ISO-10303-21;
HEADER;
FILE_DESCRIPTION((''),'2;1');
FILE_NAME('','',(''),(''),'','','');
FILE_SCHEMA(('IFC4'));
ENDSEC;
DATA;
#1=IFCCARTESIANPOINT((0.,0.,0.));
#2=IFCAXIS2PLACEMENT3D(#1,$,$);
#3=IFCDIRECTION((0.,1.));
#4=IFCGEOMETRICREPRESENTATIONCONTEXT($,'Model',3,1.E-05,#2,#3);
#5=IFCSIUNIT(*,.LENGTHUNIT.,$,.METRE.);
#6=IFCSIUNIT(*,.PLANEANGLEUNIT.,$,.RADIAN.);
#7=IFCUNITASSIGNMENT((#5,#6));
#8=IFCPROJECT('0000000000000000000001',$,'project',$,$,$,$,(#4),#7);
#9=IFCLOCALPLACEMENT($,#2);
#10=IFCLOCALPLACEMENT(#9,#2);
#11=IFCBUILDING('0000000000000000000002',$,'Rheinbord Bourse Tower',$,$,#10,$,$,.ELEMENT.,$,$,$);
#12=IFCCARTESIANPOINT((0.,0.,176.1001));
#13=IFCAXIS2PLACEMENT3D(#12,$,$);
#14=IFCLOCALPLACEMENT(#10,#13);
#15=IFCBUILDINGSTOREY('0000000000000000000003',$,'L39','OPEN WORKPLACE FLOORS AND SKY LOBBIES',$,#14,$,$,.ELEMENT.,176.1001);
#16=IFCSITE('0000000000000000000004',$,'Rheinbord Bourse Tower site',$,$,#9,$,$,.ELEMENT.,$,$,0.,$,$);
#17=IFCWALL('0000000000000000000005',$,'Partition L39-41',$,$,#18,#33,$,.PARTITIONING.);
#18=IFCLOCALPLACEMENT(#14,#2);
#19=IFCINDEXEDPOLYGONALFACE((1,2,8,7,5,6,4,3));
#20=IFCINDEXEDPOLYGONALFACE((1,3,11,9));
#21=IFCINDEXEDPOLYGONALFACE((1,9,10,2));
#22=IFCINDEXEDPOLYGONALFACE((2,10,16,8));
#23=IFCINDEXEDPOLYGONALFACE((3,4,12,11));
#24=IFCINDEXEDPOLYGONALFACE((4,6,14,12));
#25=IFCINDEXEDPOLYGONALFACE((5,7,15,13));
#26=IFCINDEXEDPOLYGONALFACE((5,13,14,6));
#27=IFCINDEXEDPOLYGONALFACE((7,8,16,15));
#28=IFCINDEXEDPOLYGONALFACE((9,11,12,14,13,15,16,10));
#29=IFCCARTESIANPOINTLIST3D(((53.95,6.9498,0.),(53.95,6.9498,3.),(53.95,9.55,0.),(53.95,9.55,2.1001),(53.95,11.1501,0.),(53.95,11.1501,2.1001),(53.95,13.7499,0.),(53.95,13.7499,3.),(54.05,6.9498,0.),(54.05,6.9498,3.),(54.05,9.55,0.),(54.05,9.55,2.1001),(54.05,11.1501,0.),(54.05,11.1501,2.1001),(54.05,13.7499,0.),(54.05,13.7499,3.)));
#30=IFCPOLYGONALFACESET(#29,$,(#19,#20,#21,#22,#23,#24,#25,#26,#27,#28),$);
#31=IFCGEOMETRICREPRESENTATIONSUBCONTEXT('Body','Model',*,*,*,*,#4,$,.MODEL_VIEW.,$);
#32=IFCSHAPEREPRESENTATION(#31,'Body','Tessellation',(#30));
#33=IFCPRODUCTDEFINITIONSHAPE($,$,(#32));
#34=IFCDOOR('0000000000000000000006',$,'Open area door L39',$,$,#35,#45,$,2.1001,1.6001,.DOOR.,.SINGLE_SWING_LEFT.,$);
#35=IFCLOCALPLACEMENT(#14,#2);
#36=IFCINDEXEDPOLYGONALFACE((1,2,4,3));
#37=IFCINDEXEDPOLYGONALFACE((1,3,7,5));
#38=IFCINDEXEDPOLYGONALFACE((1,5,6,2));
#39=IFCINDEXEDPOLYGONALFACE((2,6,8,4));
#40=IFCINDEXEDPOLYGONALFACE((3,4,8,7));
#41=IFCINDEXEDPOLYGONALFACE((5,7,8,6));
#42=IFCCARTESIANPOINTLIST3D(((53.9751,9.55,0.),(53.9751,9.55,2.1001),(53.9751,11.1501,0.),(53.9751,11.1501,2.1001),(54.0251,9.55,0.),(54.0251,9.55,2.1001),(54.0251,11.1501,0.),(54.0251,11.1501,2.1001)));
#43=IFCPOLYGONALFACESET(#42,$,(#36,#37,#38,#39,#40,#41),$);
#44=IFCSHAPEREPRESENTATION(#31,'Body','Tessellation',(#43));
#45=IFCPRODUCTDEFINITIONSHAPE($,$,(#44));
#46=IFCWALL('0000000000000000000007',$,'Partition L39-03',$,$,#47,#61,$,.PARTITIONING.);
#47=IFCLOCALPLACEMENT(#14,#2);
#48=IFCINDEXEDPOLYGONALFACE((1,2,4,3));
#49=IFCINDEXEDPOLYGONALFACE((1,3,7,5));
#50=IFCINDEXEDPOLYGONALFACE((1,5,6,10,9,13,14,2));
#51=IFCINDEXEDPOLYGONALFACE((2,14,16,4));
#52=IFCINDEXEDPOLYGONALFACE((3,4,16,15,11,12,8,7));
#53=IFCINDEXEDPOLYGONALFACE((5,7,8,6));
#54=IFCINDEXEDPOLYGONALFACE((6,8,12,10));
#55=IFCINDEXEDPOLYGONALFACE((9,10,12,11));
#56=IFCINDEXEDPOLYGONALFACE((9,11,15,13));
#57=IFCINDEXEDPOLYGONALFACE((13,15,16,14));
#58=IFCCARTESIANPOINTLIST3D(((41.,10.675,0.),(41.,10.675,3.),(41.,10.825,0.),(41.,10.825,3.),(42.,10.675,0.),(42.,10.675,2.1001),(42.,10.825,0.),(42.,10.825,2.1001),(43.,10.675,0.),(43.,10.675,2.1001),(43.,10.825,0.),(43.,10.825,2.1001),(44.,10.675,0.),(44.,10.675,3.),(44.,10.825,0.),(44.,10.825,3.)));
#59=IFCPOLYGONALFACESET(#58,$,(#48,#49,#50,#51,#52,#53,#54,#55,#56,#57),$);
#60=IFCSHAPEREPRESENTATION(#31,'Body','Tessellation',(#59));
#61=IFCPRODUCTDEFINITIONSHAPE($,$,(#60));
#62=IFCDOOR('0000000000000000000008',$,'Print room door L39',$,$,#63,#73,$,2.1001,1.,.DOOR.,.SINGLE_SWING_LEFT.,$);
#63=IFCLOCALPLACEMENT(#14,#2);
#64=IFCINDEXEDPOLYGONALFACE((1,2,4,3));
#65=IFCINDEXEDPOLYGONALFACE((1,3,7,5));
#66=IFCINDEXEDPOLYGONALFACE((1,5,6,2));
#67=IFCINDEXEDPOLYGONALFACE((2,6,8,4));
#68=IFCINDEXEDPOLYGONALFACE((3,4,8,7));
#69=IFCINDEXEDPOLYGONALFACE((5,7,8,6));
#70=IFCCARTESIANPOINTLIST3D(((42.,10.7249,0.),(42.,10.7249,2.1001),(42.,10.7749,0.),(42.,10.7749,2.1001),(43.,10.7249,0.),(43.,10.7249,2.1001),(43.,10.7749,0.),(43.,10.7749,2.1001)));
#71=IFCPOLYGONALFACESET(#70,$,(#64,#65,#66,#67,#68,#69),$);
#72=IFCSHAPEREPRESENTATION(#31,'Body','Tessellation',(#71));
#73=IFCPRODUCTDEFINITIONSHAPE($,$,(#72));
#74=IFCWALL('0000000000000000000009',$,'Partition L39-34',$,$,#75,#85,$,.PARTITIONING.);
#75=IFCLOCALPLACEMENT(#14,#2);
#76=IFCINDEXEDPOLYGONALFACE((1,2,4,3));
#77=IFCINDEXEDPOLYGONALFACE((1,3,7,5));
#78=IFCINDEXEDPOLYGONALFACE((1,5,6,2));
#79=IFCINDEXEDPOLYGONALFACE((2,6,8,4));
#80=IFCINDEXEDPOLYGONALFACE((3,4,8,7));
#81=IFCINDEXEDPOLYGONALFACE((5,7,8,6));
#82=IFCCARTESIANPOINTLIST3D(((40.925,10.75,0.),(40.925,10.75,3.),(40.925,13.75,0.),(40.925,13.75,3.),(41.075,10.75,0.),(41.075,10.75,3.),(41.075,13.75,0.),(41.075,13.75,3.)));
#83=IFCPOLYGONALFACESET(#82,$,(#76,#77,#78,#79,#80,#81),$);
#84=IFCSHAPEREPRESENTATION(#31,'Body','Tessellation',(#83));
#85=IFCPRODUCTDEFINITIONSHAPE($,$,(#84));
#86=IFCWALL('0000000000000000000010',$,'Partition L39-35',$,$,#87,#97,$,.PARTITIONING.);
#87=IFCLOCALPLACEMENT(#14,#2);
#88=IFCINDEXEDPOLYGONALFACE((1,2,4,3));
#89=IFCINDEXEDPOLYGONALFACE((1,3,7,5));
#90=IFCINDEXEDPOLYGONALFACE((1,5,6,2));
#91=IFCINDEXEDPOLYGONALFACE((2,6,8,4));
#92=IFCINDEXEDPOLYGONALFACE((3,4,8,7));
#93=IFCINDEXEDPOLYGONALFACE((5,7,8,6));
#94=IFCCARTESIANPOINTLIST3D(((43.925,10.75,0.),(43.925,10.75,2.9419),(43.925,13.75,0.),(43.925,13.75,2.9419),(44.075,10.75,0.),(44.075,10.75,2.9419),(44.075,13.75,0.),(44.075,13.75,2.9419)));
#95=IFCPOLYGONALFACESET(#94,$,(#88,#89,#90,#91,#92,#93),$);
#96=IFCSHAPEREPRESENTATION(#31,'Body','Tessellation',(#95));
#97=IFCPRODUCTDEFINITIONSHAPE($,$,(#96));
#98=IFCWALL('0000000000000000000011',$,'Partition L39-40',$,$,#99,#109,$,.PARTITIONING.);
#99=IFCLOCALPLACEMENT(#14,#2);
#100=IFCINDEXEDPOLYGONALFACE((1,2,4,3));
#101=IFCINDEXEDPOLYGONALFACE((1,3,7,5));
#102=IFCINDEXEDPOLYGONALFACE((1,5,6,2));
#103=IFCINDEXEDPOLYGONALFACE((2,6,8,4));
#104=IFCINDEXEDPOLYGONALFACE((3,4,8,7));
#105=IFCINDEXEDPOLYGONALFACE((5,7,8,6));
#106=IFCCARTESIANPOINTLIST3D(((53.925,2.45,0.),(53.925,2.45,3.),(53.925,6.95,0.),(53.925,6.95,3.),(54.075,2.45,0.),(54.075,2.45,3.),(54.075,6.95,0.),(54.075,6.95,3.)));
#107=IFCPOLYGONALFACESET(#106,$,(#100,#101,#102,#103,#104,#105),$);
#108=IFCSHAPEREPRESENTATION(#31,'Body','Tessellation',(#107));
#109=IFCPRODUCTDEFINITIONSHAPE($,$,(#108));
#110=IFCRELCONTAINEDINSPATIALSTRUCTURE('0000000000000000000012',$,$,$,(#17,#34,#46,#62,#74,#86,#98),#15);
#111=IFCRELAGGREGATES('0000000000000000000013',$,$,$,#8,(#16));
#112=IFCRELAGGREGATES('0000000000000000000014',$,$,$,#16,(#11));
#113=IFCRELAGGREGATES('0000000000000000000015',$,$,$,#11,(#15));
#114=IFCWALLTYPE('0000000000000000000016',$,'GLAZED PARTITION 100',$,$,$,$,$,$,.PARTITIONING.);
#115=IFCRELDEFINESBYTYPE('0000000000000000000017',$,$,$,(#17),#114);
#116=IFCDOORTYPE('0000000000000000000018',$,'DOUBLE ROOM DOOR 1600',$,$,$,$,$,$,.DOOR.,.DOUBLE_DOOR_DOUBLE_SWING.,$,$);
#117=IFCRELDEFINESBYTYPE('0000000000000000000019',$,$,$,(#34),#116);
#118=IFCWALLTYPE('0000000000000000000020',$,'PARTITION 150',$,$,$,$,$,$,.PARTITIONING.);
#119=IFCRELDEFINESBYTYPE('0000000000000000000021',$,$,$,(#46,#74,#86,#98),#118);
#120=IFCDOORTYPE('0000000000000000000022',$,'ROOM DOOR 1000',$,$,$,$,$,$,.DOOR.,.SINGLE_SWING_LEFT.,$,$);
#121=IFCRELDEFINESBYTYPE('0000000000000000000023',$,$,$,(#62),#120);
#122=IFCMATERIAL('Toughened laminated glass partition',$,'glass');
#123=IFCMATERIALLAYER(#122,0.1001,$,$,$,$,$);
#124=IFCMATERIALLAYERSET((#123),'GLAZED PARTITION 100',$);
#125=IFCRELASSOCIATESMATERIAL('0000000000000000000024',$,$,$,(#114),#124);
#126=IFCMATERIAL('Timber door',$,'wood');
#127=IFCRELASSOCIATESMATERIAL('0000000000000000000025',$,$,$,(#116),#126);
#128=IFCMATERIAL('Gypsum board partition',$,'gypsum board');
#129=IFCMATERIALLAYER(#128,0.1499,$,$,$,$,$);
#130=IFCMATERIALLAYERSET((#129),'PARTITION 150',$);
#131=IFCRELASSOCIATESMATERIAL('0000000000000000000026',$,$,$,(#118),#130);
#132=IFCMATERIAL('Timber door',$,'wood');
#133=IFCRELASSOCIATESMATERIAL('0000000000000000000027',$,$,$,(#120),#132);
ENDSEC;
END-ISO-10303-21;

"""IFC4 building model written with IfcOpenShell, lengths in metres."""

from ifc_helpers import new_model, si_unit, direction, frame, frame_2d, origin, place, context, subcontext, project, spatial, rectangle, extrude, material, layer, layer_set, type_object, element, fill, save


model = new_model("IFC4")

# Units and contexts
model_context = context("Model", 3, precision=1e-05, world=origin(), true_north=direction((0.0, 1.0)))
body_context = subcontext(model_context, "Body", "Model", "MODEL_VIEW")
ifc_project = project(units=[si_unit("LENGTHUNIT", "METRE"), si_unit("PLANEANGLEUNIT", "RADIAN")], contexts=[model_context])

# Site, building, storey
site_placement = place(None, origin())
site = spatial("IfcSite", under=ifc_project, at=site_placement, Name="Rheinbord Bourse Tower site", CompositionType="ELEMENT", RefElevation=0.0)
building_placement = place(site_placement, origin())
building = spatial("IfcBuilding", under=site, at=building_placement, Name="Rheinbord Bourse Tower", CompositionType="ELEMENT")
storey_placement = place(building_placement, frame((0.0, 0.0, 176.1001)))
storey = spatial("IfcBuildingStorey", under=building, at=storey_placement, Name="L39", Description="OPEN WORKPLACE FLOORS AND SKY LOBBIES", CompositionType="ELEMENT", Elevation=176.1001)

# Walls, openings, doors
ifc_material_1 = material(Name="Toughened laminated glass partition", Category="glass")
ifc_layer_1 = layer(ifc_material_1, 0.1001)
ifc_layer_set_1 = layer_set([ifc_layer_1], Name="GLAZED PARTITION 100")
wall_type_1 = type_object("IfcWallType", Name="GLAZED PARTITION 100", PredefinedType="PARTITIONING", material=ifc_layer_set_1)
wall_1_placement = place(storey_placement, frame((54.0, 6.95, 0.0), z_axis=(0.0, 0.0, 1.0), x_axis=(0.0, 1.0, 0.0)))
wall_1 = element("IfcWall", 1, at=wall_1_placement, inside=storey, type_object=wall_type_1, Name="Partition L39-41", PredefinedType="PARTITIONING", context=body_context, shape_type="SweptSolid", body=[
    extrude(rectangle(XDim=6.8, YDim=0.1001, at=frame_2d((3.3999, 0.0))), origin(), (0.0, 0.0, 1.0), 3.0),
])
opening_1_placement = place(wall_1_placement, frame((2.6001, 0.0, 0.0)))
opening_1 = element("IfcOpeningElement", 2, at=opening_1_placement, cuts=wall_1, PredefinedType="OPENING", context=body_context, shape_type="SweptSolid", body=[
    extrude(rectangle(XDim=1.6001, YDim=2.1001, at=frame_2d((0.8, 1.05))), frame((0.0, 0.0601, 0.0), z_axis=(0.0, -1.0, 0.0), x_axis=(1.0, 0.0, 0.0)), (0.0, 0.0, 1.0), 0.1201),
])
ifc_material_2 = material(Name="Timber door", Category="wood")
door_type_1 = type_object("IfcDoorType", Name="DOUBLE ROOM DOOR 1600", OperationType="DOUBLE_DOOR_DOUBLE_SWING", PredefinedType="DOOR", material=ifc_material_2)
door_1_placement = place(opening_1_placement, origin())
door_1 = element("IfcDoor", 3, at=door_1_placement, inside=storey, type_object=door_type_1, Name="Open area door L39", OperationType="SINGLE_SWING_LEFT", OverallHeight=2.1001, OverallWidth=1.6001, PredefinedType="DOOR", context=body_context, shape_type="SweptSolid", body=[
    extrude(rectangle(XDim=1.6001, YDim=2.1001, at=frame_2d((0.8, 1.05))), frame((0.0, 0.0249, 0.0), z_axis=(0.0, -1.0, 0.0), x_axis=(1.0, 0.0, 0.0)), (0.0, 0.0, 1.0), 0.05),
])
fill(opening_1, door_1)
ifc_material_3 = material(Name="Gypsum board partition", Category="gypsum board")
ifc_layer_2 = layer(ifc_material_3, 0.1499)
ifc_layer_set_2 = layer_set([ifc_layer_2], Name="PARTITION 150")
wall_type_2 = type_object("IfcWallType", Name="PARTITION 150", PredefinedType="PARTITIONING", material=ifc_layer_set_2)
wall_2_placement = place(storey_placement, frame((41.0, 10.75, 0.0), z_axis=(0.0, 0.0, 1.0), x_axis=(1.0, 0.0, 0.0)))
wall_2 = element("IfcWall", 4, at=wall_2_placement, inside=storey, type_object=wall_type_2, Name="Partition L39-03", PredefinedType="PARTITIONING", context=body_context, shape_type="SweptSolid", body=[
    extrude(rectangle(XDim=3.0, YDim=0.1499, at=frame_2d((1.5, 0.0))), origin(), (0.0, 0.0, 1.0), 3.0),
])
opening_2_placement = place(wall_2_placement, frame((1.0, 0.0, 0.0)))
opening_2 = element("IfcOpeningElement", 5, at=opening_2_placement, cuts=wall_2, PredefinedType="OPENING", context=body_context, shape_type="SweptSolid", body=[
    extrude(rectangle(XDim=1.0, YDim=2.1001, at=frame_2d((0.5, 1.05))), frame((0.0, 0.085, 0.0), z_axis=(0.0, -1.0, 0.0), x_axis=(1.0, 0.0, 0.0)), (0.0, 0.0, 1.0), 0.1699),
])
ifc_material_4 = material(Name="Timber door", Category="wood")
door_type_2 = type_object("IfcDoorType", Name="ROOM DOOR 1000", OperationType="SINGLE_SWING_LEFT", PredefinedType="DOOR", material=ifc_material_4)
door_2_placement = place(opening_2_placement, origin())
door_2 = element("IfcDoor", 6, at=door_2_placement, inside=storey, type_object=door_type_2, Name="Print room door L39", OperationType="SINGLE_SWING_LEFT", OverallHeight=2.1001, OverallWidth=1.0, PredefinedType="DOOR", context=body_context, shape_type="SweptSolid", body=[
    extrude(rectangle(XDim=1.0, YDim=2.1001, at=frame_2d((0.5, 1.05))), frame((0.0, 0.0249, 0.0), z_axis=(0.0, -1.0, 0.0), x_axis=(1.0, 0.0, 0.0)), (0.0, 0.0, 1.0), 0.05),
])
fill(opening_2, door_2)

# Walls
wall_3_placement = place(storey_placement, frame((41.0, 10.75, 0.0), z_axis=(0.0, 0.0, 1.0), x_axis=(0.0, 1.0, 0.0)))
element("IfcWall", 7, at=wall_3_placement, inside=storey, type_object=wall_type_2, Name="Partition L39-34", PredefinedType="PARTITIONING", context=body_context, shape_type="SweptSolid", body=[
    extrude(rectangle(XDim=3.0, YDim=0.1499, at=frame_2d((1.5, 0.0))), origin(), (0.0, 0.0, 1.0), 3.0),
])
wall_4_placement = place(storey_placement, frame((44.0, 10.75, 0.0), z_axis=(0.0, 0.0, 1.0), x_axis=(0.0, 1.0, 0.0)))
element("IfcWall", 8, at=wall_4_placement, inside=storey, type_object=wall_type_2, Name="Partition L39-35", PredefinedType="PARTITIONING", context=body_context, shape_type="SweptSolid", body=[
    extrude(rectangle(XDim=3.0, YDim=0.1499, at=frame_2d((1.5, 0.0))), origin(), (0.0, 0.0, 1.0), 2.9419),
])
wall_5_placement = place(storey_placement, frame((54.0, 2.45, 0.0), z_axis=(0.0, 0.0, 1.0), x_axis=(0.0, 1.0, 0.0)))
element("IfcWall", 9, at=wall_5_placement, inside=storey, type_object=wall_type_2, Name="Partition L39-40", PredefinedType="PARTITIONING", context=body_context, shape_type="SweptSolid", body=[
    extrude(rectangle(XDim=4.5, YDim=0.1499, at=frame_2d((2.25, 0.0))), origin(), (0.0, 0.0, 1.0), 3.0),
])

save(model, "model.ifc")
